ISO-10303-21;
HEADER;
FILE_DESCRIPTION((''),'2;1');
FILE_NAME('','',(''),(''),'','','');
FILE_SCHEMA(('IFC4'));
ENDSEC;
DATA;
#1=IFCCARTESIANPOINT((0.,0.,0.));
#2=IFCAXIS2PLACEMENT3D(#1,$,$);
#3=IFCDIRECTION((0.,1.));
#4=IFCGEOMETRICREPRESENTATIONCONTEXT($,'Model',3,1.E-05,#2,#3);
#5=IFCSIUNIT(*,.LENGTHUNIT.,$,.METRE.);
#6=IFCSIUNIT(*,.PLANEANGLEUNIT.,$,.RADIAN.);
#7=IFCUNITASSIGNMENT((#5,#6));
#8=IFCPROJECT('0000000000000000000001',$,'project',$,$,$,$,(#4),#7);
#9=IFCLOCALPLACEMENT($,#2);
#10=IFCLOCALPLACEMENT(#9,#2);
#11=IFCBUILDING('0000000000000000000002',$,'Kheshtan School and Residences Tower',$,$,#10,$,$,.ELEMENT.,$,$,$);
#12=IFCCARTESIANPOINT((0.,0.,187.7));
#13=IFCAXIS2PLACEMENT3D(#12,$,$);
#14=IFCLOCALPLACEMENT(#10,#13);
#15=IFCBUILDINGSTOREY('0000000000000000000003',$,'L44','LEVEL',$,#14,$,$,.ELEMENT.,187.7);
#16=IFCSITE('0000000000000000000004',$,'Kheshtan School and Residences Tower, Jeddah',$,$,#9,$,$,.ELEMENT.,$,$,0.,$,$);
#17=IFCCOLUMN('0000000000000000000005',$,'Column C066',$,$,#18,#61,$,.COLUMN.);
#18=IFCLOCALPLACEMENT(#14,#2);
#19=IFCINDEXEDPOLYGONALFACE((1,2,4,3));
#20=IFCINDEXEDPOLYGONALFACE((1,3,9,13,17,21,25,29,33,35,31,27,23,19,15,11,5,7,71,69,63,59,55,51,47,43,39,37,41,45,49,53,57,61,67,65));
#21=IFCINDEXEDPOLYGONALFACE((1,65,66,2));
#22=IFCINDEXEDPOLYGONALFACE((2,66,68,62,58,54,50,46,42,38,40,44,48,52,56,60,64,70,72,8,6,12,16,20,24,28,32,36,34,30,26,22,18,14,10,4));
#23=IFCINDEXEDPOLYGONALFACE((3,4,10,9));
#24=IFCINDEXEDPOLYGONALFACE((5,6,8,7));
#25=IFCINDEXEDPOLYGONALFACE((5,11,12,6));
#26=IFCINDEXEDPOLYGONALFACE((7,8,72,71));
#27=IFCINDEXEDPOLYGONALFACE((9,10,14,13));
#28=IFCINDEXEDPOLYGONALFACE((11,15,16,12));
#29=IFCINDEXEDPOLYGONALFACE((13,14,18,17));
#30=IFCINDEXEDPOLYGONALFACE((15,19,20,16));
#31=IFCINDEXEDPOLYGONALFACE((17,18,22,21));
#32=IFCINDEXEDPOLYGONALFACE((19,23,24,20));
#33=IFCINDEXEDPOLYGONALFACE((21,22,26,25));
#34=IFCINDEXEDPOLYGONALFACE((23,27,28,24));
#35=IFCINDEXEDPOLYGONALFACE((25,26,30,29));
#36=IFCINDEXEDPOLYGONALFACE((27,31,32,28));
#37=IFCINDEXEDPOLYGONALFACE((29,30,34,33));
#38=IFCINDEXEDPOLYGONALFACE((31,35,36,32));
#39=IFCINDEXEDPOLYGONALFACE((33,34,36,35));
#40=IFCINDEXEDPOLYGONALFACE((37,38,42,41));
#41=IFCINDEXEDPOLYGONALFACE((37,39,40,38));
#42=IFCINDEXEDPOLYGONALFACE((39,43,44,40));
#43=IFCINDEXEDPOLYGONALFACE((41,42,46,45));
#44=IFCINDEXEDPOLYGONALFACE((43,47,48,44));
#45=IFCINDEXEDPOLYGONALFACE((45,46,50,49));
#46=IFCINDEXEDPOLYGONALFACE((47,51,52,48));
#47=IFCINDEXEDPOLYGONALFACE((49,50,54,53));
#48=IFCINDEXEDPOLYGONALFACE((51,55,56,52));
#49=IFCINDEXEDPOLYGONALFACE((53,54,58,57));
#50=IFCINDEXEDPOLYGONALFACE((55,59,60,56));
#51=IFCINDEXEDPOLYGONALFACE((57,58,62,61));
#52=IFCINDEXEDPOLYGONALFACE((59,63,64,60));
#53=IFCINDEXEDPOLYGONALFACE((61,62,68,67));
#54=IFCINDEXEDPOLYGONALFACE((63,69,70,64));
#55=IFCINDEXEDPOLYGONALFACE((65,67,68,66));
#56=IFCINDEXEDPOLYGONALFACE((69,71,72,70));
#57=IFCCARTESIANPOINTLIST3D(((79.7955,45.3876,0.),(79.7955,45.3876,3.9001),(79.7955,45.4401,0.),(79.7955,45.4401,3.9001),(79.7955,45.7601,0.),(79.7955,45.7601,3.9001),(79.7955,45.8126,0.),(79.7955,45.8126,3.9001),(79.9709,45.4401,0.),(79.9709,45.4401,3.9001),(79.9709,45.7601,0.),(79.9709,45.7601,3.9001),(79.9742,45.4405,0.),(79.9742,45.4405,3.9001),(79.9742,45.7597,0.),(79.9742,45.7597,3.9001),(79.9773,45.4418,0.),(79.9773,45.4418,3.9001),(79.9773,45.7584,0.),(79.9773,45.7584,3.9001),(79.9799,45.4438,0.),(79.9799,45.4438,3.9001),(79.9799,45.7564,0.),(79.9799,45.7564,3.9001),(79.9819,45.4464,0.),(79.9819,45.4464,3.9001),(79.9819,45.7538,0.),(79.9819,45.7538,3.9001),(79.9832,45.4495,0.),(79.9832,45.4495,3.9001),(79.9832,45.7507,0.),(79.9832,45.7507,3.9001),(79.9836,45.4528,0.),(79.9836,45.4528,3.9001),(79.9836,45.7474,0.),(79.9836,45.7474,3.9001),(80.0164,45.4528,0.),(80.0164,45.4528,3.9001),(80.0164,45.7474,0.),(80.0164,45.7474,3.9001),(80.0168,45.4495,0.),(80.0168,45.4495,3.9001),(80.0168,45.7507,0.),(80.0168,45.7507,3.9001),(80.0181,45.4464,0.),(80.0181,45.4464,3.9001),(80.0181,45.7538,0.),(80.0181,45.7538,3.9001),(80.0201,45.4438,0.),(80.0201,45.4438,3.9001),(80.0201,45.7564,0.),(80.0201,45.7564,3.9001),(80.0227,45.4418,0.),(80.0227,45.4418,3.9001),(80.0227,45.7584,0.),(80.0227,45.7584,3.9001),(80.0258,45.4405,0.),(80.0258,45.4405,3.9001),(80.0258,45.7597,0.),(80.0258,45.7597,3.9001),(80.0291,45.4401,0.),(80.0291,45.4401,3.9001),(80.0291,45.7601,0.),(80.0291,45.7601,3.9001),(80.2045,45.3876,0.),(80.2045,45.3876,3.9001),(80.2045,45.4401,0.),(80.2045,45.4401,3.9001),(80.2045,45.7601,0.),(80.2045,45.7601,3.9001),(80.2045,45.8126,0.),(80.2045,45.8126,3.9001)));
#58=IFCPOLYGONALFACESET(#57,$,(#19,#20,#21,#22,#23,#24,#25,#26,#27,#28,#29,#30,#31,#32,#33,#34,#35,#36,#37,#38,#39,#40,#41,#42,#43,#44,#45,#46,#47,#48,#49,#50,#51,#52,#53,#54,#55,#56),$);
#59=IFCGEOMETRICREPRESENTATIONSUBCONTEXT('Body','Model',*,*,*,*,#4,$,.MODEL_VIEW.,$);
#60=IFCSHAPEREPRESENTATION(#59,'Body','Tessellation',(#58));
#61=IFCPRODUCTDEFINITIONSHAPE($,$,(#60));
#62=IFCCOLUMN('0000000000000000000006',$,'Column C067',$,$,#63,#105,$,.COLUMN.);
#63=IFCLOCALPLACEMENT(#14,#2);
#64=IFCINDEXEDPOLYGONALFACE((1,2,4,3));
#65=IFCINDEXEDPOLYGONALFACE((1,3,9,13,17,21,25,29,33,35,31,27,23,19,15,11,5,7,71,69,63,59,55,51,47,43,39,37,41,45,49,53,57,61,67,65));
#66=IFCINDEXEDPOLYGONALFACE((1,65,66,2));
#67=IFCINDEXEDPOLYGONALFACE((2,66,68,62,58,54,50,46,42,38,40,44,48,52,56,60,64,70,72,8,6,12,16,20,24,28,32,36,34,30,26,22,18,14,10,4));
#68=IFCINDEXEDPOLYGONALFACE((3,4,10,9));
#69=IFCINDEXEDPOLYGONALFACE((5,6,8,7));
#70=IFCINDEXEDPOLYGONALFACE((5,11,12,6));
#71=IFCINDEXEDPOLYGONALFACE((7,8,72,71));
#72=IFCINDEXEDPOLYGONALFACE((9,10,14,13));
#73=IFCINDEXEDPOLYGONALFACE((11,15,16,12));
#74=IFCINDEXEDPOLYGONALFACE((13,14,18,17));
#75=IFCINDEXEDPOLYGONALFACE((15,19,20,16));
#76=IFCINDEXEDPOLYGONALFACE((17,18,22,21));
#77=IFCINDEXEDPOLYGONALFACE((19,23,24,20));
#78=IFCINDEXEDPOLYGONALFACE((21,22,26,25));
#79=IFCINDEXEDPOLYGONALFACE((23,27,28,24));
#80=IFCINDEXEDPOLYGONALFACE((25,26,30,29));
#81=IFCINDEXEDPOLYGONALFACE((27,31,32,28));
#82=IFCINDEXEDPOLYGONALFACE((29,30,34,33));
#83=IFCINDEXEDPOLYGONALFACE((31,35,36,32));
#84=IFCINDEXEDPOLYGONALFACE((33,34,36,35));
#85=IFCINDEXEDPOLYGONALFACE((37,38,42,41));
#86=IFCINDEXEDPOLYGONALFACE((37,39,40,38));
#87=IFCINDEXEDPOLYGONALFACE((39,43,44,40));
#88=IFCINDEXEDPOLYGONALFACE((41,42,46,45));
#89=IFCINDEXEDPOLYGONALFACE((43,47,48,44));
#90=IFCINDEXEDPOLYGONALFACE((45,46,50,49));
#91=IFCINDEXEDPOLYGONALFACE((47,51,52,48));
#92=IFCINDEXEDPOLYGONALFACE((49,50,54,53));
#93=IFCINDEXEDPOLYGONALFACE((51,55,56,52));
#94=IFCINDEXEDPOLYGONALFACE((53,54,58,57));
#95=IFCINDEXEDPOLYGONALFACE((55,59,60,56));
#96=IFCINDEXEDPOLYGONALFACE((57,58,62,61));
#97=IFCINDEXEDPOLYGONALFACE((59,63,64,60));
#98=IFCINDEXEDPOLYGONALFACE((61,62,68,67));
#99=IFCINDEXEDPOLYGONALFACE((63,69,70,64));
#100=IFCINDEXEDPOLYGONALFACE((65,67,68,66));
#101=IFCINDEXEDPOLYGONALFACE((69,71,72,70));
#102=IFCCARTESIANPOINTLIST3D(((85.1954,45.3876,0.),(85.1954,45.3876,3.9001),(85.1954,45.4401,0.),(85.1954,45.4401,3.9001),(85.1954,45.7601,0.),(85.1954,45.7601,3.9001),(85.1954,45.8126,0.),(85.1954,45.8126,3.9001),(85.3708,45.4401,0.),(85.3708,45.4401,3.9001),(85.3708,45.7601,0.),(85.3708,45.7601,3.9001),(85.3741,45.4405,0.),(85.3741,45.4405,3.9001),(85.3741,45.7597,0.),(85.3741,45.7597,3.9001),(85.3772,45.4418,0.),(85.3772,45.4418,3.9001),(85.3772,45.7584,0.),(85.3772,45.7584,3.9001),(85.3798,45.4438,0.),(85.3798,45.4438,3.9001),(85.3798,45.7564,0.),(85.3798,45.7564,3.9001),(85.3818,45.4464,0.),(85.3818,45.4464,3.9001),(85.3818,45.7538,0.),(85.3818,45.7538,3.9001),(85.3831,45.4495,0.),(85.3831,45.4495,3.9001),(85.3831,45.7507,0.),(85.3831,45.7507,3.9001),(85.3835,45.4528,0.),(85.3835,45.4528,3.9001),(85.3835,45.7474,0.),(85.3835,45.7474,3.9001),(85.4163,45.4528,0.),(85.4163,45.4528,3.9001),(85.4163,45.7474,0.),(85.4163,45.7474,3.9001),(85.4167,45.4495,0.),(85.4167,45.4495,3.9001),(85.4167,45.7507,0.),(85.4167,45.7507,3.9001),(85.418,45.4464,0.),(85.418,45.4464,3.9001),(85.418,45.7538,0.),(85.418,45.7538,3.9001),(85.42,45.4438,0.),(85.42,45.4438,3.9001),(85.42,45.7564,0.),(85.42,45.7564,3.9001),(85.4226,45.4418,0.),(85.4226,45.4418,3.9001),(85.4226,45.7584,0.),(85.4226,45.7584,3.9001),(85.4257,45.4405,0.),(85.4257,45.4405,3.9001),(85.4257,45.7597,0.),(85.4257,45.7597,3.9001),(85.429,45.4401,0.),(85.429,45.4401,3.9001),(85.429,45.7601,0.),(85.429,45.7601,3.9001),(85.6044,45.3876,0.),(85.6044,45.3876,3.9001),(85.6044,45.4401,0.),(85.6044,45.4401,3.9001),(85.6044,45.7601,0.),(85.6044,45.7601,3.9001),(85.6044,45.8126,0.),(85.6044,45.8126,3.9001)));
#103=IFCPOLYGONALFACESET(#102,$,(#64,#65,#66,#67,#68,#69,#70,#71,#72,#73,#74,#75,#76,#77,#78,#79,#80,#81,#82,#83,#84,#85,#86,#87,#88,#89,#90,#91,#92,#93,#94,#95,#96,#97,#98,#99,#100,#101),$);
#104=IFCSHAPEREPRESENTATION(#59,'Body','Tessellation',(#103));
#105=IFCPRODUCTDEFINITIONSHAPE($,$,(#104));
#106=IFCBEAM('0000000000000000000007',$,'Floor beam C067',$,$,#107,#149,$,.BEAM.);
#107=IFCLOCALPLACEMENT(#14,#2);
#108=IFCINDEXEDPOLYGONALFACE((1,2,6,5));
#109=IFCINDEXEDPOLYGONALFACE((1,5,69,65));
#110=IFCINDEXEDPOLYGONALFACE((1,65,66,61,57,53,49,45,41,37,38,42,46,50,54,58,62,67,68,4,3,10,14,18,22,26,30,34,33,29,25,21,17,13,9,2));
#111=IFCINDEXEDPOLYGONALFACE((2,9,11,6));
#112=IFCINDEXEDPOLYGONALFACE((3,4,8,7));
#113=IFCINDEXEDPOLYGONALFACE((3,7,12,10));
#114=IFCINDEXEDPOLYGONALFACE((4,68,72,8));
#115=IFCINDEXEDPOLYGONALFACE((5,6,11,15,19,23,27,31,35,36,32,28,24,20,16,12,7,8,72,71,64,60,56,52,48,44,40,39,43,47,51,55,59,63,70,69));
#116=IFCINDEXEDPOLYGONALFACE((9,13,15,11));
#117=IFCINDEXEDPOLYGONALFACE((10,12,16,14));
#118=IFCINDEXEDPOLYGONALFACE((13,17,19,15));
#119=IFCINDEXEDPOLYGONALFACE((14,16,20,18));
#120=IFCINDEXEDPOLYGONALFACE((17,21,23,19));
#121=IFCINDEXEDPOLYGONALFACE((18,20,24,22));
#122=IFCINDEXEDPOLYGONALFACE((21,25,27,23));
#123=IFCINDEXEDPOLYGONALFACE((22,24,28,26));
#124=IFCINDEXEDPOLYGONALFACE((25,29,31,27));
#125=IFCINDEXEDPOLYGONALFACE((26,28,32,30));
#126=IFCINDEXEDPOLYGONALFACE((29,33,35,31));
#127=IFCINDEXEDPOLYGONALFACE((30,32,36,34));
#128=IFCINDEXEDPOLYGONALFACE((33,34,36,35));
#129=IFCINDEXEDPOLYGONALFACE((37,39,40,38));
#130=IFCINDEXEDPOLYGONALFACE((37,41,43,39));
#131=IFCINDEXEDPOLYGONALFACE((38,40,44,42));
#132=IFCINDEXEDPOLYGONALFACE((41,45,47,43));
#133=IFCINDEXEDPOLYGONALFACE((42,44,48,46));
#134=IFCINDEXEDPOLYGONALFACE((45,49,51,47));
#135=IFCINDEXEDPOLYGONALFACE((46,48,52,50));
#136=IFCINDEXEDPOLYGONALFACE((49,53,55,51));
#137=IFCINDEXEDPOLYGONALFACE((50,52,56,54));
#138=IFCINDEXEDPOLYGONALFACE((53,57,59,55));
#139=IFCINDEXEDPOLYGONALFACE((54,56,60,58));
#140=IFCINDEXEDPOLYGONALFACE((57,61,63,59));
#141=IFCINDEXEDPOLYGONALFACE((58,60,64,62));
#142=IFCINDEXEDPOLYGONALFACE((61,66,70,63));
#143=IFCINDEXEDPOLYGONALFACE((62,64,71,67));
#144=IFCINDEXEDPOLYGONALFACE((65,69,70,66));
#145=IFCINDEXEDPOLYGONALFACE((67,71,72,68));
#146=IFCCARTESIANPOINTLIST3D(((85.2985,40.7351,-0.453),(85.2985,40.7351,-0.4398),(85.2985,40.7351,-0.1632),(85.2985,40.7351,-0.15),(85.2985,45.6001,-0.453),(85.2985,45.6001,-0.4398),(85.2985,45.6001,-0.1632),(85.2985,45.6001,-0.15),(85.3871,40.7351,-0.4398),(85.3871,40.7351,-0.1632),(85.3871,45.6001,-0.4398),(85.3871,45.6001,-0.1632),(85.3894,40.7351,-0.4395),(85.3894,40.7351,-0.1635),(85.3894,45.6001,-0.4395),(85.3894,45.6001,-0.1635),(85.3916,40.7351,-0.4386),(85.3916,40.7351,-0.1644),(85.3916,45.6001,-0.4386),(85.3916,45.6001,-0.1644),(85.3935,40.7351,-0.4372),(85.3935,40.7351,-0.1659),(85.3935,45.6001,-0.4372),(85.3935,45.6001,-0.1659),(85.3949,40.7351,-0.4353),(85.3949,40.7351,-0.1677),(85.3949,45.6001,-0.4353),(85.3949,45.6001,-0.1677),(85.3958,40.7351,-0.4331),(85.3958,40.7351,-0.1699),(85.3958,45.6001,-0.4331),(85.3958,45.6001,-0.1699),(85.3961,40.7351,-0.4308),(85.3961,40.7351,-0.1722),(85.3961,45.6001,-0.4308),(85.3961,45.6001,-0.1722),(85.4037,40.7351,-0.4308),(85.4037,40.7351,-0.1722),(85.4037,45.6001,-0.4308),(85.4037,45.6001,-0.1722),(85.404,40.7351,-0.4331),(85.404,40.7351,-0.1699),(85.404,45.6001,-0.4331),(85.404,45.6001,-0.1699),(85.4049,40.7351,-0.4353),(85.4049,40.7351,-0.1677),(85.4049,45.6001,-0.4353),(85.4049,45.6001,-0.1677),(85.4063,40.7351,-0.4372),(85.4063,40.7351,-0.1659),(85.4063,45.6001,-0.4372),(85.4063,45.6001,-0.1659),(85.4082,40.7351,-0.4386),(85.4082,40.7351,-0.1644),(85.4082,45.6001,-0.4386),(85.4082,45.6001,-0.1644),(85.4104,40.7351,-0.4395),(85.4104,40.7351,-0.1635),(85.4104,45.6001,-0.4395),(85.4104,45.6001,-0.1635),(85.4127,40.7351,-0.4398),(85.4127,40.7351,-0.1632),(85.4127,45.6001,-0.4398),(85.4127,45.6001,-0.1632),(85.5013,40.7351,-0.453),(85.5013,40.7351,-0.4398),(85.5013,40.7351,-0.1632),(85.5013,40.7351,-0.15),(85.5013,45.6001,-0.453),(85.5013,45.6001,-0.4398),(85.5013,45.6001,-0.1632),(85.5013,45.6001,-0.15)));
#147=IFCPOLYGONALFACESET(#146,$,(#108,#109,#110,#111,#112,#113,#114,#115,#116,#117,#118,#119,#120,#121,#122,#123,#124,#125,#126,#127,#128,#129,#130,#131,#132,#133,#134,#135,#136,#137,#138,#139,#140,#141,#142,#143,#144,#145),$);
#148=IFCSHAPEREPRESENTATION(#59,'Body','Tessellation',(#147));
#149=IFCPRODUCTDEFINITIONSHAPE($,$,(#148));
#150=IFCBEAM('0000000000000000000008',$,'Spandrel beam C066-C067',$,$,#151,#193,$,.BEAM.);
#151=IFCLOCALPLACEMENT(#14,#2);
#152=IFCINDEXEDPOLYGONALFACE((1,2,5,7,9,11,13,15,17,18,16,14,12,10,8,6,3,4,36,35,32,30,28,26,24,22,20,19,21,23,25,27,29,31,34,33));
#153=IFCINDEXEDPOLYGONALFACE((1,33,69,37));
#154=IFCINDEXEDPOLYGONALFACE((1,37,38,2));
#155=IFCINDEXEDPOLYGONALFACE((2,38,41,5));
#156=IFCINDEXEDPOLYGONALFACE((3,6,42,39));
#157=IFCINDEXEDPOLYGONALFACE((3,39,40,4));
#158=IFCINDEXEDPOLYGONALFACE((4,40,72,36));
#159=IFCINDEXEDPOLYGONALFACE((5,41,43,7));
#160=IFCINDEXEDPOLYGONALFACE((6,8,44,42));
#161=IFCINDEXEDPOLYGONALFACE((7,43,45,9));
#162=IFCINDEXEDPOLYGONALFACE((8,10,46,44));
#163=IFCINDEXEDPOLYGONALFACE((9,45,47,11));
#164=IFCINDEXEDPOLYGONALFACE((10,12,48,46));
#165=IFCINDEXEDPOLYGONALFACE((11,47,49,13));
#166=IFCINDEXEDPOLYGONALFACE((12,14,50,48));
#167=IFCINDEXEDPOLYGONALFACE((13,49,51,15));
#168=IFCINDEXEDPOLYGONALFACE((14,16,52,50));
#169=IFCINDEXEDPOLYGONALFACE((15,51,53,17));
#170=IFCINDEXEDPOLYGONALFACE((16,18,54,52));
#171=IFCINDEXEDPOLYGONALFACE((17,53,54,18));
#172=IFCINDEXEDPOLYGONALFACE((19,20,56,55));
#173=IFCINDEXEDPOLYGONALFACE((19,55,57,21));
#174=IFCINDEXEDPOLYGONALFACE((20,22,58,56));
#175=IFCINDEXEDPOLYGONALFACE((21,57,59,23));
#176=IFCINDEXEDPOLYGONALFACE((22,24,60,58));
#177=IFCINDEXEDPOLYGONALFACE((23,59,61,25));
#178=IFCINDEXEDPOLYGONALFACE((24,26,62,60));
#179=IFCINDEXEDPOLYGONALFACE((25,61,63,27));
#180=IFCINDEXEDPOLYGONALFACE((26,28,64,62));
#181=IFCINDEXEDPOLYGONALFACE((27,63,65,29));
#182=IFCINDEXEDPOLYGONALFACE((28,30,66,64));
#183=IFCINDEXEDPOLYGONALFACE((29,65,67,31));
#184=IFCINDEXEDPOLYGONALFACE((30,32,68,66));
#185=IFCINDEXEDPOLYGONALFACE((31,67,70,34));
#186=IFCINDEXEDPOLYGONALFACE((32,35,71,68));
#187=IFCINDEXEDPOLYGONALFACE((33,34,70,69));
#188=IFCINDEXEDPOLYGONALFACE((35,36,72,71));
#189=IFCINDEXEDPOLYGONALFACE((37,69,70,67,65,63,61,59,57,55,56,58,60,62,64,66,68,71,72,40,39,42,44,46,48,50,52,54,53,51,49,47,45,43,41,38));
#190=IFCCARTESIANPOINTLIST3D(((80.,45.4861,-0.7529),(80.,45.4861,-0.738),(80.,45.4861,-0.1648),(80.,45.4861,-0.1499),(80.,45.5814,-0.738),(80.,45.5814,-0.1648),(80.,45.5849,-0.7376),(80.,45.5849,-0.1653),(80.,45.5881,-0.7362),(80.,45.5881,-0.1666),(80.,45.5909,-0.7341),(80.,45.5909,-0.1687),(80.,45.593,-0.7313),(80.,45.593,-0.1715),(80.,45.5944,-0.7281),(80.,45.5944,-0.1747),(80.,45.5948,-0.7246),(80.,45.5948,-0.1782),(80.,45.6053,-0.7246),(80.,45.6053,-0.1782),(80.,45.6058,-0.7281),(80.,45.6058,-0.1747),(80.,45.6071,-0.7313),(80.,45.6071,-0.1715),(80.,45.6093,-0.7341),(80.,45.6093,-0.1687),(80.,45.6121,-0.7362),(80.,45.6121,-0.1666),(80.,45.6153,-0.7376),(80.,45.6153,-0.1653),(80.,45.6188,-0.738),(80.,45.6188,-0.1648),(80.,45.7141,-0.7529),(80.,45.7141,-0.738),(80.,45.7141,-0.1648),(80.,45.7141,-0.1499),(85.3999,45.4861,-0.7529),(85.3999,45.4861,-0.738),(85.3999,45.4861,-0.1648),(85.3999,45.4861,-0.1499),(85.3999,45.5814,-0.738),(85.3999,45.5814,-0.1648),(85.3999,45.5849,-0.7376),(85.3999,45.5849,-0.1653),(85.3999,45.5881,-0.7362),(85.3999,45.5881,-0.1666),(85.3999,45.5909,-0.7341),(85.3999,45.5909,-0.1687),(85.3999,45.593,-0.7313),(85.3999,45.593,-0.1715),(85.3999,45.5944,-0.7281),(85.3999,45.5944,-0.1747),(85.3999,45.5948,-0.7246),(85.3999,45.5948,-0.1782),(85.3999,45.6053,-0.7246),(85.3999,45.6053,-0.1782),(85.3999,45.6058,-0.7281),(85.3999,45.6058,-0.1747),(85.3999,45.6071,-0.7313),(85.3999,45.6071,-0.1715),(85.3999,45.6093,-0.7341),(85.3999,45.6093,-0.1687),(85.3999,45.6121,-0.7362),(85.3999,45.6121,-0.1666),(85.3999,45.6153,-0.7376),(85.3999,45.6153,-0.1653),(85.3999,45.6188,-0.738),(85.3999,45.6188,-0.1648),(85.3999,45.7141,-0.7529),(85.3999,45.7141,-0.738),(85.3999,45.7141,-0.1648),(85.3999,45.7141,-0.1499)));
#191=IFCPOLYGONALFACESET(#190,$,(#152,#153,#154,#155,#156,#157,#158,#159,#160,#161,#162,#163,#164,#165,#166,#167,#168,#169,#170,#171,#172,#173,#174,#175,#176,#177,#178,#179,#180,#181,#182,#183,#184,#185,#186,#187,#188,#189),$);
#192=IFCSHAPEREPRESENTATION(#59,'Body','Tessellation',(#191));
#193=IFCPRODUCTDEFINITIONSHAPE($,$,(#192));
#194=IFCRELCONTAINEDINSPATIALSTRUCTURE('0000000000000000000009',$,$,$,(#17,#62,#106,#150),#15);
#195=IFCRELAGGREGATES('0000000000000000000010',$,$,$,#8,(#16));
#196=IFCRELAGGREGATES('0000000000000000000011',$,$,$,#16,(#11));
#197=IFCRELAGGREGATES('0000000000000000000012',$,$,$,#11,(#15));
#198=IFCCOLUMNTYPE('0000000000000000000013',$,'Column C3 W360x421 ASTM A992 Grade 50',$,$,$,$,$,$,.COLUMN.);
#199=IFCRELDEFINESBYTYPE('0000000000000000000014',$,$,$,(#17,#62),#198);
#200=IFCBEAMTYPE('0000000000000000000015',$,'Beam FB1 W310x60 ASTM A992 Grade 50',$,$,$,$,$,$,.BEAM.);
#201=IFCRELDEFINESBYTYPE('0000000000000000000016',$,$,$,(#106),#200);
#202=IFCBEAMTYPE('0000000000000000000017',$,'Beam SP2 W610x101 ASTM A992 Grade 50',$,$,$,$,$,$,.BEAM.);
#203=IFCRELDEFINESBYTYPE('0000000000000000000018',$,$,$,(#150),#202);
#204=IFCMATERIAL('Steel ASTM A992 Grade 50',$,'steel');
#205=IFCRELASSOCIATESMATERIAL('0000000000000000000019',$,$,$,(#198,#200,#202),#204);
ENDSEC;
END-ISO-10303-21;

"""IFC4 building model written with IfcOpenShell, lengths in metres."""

from ifc_helpers import new_model, si_unit, direction, frame, origin, origin_2d, place, context, subcontext, project, spatial, i_section, extrude, material, material_profile, profile_set, type_object, element, save


model = new_model("IFC4")

# Units and contexts
model_context = context("Model", 3, precision=1e-05, world=origin(), true_north=direction((0.0, 1.0)))
body_context = subcontext(model_context, "Body", "Model", "MODEL_VIEW")
ifc_project = project(units=[si_unit("LENGTHUNIT", "METRE"), si_unit("PLANEANGLEUNIT", "RADIAN")], contexts=[model_context])

# Site, building, storey
site_placement = place(None, origin())
site = spatial("IfcSite", under=ifc_project, at=site_placement, Name="Kheshtan School and Residences Tower, Jeddah", CompositionType="ELEMENT", RefElevation=0.0)
building_placement = place(site_placement, origin())
building = spatial("IfcBuilding", under=site, at=building_placement, Name="Kheshtan School and Residences Tower", CompositionType="ELEMENT")
storey_placement = place(building_placement, frame((0.0, 0.0, 187.7)))
storey = spatial("IfcBuildingStorey", under=building, at=storey_placement, Name="L44", Description="LEVEL", CompositionType="ELEMENT", Elevation=187.7)

# Columns
ifc_material_1 = material(Name="Steel ASTM A992 Grade 50", Category="steel")
ifc_material_profile_1 = material_profile(ifc_material_1, i_section(OverallWidth=0.4089, OverallDepth=0.425, WebThickness=0.0327, FlangeThickness=0.0525, FilletRadius=0.0127, at=origin_2d()), Name="W360x421")
ifc_profile_set_1 = profile_set([ifc_material_profile_1], Name="Steel ASTM A992 Grade 50")
column_type = type_object("IfcColumnType", Name="Column C3 W360x421 ASTM A992 Grade 50", PredefinedType="COLUMN", material=ifc_profile_set_1)
for number, where, z_axis, x_axis, name in (
    (1, (80.0, 45.6001, 0.0), (0.0, 0.0, 1.0), (1.0, 0.0, 0.0), "Column C066"),
    (2, (85.3999, 45.6001, 0.0), (0.0, 0.0, 1.0), (1.0, 0.0, 0.0), "Column C067"),
):
    element("IfcColumn", number, at=place(storey_placement, frame(where, z_axis=z_axis, x_axis=x_axis)), inside=storey, type_object=column_type, Name=name, PredefinedType="COLUMN", context=body_context, shape_type="SweptSolid", body=[
        extrude(i_section(OverallWidth=0.4089, OverallDepth=0.425, WebThickness=0.0327, FlangeThickness=0.0525, FilletRadius=0.0127, at=origin_2d()), origin(), (0.0, 0.0, 1.0), 3.9001),
    ])

# Beams
ifc_material_profile_2 = material_profile(ifc_material_1, i_section(OverallWidth=0.2029, OverallDepth=0.303, WebThickness=0.0076, FlangeThickness=0.0132, FilletRadius=0.009, at=origin_2d()), Name="W310x60")
ifc_profile_set_2 = profile_set([ifc_material_profile_2], Name="Steel ASTM A992 Grade 50")
beam_type_1 = type_object("IfcBeamType", Name="Beam FB1 W310x60 ASTM A992 Grade 50", PredefinedType="BEAM", material=ifc_profile_set_2)
beam_1_placement = place(storey_placement, frame((85.3999, 45.6001, -0.3015), z_axis=(0.0, -1.0, 0.0), x_axis=(1.0, 0.0, 0.0)))
element("IfcBeam", 3, at=beam_1_placement, inside=storey, type_object=beam_type_1, Name="Floor beam C067", PredefinedType="BEAM", context=body_context, shape_type="SweptSolid", body=[
    extrude(i_section(OverallWidth=0.2029, OverallDepth=0.303, WebThickness=0.0076, FlangeThickness=0.0132, FilletRadius=0.009, at=origin_2d()), origin(), (0.0, 0.0, 1.0), 4.865),
])
ifc_material_profile_3 = material_profile(ifc_material_1, i_section(OverallWidth=0.228, OverallDepth=0.603, WebThickness=0.0105, FlangeThickness=0.0149, FilletRadius=0.0134, at=origin_2d()), Name="W610x101")
ifc_profile_set_3 = profile_set([ifc_material_profile_3], Name="Steel ASTM A992 Grade 50")
beam_type_2 = type_object("IfcBeamType", Name="Beam SP2 W610x101 ASTM A992 Grade 50", PredefinedType="BEAM", material=ifc_profile_set_3)
beam_2_placement = place(storey_placement, frame((80.0, 45.6001, -0.4514), z_axis=(1.0, 0.0, 0.0), x_axis=(0.0, 1.0, 0.0)))
element("IfcBeam", 4, at=beam_2_placement, inside=storey, type_object=beam_type_2, Name="Spandrel beam C066-C067", PredefinedType="BEAM", context=body_context, shape_type="SweptSolid", body=[
    extrude(i_section(OverallWidth=0.228, OverallDepth=0.603, WebThickness=0.0105, FlangeThickness=0.0149, FilletRadius=0.0134, at=origin_2d()), origin(), (0.0, 0.0, 1.0), 5.3999),
])

save(model, "model.ifc")
